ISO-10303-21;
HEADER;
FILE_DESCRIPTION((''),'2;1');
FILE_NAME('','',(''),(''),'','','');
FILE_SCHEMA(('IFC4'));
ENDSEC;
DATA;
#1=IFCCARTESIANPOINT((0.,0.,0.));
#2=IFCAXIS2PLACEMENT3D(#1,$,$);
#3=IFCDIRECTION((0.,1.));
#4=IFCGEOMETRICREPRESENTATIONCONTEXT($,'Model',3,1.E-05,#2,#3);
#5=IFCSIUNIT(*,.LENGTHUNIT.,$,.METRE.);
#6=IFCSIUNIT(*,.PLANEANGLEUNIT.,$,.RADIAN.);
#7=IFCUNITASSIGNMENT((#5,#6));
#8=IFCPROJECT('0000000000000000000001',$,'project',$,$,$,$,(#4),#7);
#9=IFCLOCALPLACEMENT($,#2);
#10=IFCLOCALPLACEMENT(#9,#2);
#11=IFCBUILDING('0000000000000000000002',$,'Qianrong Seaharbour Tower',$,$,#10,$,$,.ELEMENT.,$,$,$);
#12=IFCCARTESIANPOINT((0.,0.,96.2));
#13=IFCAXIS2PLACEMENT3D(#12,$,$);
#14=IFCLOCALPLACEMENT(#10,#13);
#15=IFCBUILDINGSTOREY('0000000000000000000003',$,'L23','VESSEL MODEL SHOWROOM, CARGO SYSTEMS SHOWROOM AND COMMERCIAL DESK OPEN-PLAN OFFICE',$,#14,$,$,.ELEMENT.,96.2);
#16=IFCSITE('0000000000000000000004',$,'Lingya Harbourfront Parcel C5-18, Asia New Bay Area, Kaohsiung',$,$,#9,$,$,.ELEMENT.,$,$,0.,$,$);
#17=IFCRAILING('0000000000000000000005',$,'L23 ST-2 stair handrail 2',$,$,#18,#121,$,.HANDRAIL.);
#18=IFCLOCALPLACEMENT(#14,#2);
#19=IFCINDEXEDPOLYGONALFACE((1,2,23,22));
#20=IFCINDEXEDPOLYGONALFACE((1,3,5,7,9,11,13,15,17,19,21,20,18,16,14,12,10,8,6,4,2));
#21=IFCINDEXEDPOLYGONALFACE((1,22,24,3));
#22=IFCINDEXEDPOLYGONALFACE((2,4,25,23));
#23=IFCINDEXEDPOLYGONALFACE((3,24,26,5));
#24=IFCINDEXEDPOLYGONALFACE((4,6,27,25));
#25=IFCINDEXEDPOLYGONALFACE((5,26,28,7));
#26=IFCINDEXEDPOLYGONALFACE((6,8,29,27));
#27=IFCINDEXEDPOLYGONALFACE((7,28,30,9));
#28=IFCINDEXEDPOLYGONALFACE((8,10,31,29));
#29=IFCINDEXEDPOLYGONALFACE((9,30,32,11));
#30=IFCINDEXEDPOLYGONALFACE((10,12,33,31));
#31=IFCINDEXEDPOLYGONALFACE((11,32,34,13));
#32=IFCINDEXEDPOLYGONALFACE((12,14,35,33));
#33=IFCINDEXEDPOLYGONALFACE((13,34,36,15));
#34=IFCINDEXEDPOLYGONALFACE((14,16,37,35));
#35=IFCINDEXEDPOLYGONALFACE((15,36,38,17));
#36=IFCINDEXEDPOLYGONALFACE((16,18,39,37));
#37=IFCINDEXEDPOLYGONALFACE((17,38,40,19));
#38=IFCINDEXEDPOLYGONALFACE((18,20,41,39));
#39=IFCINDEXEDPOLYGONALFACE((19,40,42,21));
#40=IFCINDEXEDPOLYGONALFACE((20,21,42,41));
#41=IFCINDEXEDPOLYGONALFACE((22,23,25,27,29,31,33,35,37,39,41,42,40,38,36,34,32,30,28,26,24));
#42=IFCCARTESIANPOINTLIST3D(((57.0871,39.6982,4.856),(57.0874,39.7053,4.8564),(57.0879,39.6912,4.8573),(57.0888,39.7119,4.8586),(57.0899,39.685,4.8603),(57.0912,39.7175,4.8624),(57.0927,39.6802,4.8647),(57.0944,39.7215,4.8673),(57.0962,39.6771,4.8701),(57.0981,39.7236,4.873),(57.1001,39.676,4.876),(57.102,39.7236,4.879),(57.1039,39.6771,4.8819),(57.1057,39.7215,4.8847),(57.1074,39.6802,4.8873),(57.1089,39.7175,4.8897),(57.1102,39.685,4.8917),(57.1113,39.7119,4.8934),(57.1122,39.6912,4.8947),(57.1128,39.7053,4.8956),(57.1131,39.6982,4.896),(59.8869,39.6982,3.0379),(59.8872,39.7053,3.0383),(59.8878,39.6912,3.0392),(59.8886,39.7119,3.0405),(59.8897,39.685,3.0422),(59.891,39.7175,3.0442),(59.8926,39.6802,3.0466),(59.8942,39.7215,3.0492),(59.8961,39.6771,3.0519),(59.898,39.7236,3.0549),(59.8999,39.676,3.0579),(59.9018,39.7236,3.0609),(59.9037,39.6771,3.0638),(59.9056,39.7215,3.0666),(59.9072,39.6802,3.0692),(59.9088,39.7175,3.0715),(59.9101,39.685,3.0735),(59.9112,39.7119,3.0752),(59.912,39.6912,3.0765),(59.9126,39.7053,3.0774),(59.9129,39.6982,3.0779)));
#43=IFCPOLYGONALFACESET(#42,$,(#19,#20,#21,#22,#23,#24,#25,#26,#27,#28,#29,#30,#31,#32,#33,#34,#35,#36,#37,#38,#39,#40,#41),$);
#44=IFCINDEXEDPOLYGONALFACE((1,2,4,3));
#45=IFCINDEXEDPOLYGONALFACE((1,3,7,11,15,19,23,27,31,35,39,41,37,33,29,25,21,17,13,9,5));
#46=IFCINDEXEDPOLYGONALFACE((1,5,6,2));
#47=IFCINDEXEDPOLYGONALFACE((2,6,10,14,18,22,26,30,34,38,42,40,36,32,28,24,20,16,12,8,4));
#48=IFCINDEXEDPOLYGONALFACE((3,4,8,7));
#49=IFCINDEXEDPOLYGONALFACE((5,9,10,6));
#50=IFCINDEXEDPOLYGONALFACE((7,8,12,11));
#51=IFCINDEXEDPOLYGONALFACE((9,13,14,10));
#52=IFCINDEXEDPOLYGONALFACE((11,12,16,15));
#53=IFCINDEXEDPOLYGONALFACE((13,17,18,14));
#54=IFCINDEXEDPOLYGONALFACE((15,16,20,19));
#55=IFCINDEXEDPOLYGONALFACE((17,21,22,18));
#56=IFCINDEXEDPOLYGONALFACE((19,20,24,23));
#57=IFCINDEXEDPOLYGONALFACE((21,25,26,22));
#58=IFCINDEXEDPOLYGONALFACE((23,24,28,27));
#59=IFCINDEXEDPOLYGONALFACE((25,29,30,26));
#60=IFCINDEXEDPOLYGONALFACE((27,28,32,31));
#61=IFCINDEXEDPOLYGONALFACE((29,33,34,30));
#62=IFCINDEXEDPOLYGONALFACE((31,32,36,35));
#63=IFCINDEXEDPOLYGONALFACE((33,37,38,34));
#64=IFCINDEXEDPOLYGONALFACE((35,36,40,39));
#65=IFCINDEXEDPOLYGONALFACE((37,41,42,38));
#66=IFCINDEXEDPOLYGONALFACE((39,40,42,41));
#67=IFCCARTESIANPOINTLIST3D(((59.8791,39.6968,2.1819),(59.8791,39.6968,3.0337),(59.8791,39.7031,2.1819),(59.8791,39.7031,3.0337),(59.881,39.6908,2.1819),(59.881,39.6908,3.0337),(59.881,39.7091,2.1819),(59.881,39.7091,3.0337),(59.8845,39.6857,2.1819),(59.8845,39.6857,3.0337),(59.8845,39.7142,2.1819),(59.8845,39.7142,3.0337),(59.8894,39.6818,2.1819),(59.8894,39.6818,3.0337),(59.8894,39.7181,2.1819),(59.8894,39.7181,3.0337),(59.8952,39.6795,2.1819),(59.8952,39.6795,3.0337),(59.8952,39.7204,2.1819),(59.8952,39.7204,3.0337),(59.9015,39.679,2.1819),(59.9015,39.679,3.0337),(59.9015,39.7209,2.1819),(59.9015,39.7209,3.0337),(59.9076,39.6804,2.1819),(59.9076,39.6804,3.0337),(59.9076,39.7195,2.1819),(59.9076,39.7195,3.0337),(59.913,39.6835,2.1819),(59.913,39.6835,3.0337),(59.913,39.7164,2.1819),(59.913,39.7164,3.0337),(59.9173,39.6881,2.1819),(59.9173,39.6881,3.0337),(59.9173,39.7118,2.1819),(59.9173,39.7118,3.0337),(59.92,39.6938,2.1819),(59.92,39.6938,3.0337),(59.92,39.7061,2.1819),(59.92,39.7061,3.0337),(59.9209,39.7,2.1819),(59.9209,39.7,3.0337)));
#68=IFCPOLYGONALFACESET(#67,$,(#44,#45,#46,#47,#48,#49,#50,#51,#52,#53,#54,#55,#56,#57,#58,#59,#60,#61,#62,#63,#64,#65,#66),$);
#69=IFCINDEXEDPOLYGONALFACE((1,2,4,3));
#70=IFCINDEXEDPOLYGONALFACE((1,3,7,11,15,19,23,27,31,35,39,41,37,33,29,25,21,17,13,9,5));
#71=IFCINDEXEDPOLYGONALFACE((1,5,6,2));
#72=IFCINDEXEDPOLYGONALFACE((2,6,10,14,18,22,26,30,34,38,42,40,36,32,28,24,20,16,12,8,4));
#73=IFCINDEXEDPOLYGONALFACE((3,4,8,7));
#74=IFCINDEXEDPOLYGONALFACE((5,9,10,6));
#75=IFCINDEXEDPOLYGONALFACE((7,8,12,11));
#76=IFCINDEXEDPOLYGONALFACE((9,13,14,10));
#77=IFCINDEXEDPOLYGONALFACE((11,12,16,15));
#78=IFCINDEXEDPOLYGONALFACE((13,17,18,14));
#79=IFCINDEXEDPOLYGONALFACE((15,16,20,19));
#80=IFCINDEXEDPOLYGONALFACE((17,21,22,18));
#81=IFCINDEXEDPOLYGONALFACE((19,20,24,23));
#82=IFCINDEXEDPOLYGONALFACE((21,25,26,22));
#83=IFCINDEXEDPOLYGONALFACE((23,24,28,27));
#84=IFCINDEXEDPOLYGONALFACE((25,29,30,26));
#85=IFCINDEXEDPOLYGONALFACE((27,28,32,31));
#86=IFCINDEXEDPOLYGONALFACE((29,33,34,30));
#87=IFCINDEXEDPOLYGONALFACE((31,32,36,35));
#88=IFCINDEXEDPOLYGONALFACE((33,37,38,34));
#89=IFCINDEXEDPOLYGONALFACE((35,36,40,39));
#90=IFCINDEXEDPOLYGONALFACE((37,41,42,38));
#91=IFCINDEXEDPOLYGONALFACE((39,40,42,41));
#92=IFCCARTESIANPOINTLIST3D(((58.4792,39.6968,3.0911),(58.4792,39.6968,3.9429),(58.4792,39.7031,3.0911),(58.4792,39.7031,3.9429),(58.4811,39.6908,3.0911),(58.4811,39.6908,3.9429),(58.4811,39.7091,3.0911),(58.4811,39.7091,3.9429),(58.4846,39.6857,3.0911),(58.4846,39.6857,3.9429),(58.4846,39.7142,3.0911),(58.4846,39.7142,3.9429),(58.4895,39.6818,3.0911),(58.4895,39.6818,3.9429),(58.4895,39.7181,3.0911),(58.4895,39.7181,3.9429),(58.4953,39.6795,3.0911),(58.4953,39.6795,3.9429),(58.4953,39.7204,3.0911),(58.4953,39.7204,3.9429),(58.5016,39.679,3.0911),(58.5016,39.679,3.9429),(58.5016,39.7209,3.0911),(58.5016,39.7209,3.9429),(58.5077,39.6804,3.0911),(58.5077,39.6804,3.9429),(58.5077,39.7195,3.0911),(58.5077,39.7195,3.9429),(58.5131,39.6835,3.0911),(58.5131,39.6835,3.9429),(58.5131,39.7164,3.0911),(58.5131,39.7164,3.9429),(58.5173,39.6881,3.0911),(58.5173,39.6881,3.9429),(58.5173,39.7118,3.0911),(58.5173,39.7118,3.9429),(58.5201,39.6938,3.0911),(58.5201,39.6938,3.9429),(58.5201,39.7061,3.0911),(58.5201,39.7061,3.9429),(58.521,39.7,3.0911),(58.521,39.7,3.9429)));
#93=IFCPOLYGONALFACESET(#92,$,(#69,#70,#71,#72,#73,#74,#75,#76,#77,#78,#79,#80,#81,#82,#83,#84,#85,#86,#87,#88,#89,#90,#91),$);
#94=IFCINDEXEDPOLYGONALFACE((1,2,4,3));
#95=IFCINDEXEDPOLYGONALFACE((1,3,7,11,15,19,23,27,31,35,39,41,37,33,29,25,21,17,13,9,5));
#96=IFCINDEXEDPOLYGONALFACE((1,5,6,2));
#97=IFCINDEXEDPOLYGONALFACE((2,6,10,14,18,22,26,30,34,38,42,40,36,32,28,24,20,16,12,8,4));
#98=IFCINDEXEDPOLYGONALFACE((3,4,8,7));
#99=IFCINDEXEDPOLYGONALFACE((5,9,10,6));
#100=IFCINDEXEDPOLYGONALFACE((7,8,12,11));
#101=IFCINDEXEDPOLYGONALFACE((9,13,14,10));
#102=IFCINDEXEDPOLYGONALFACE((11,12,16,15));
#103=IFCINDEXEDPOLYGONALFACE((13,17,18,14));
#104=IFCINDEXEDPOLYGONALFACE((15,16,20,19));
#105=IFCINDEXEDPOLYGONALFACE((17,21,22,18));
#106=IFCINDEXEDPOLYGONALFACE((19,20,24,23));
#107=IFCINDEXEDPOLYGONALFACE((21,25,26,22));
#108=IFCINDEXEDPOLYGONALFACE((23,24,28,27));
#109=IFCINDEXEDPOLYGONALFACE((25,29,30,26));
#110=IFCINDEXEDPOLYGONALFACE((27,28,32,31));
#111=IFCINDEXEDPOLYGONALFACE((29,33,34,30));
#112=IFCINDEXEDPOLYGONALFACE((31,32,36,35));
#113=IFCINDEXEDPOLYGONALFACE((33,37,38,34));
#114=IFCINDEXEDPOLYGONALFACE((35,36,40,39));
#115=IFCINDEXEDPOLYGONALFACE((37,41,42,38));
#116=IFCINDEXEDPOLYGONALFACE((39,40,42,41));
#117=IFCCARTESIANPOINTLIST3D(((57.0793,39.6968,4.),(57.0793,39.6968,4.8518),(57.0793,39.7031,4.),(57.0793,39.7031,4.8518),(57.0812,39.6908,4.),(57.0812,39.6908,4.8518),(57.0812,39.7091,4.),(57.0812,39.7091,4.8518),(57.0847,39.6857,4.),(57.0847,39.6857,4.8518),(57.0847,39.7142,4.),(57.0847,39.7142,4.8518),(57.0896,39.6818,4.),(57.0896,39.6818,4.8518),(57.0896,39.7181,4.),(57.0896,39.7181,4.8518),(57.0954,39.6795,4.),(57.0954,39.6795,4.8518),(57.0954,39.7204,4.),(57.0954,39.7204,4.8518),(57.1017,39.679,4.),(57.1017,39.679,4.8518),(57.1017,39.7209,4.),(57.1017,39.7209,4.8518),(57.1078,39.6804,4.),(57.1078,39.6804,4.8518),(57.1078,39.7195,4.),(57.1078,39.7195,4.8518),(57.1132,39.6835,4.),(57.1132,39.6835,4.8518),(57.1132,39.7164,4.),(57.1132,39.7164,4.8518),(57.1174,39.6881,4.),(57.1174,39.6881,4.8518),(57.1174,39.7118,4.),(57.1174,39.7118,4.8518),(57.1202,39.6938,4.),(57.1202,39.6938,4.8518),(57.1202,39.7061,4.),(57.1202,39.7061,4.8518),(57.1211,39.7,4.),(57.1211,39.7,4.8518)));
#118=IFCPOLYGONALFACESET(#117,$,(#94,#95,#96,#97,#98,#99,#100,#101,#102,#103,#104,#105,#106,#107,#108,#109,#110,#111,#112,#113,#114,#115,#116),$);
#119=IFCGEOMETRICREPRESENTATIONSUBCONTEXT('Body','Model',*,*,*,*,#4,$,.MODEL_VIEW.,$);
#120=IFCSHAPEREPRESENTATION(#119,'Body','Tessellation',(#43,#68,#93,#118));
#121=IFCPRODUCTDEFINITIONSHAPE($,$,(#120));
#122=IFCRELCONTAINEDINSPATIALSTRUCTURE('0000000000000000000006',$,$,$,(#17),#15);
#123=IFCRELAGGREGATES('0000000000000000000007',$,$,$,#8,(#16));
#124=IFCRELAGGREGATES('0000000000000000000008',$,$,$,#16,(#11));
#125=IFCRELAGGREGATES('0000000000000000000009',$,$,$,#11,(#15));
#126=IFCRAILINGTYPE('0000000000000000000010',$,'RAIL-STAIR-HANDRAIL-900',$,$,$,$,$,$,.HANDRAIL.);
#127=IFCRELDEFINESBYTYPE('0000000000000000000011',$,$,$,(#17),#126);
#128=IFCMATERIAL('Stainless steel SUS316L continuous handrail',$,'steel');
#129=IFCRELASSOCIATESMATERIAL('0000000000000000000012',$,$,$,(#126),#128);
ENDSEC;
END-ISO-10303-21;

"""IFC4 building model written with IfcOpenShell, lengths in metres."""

from ifc_helpers import new_model, si_unit, direction, frame, origin, origin_2d, place, context, subcontext, project, spatial, circle, extrude, material, type_object, element, save


model = new_model("IFC4")

# Units and contexts
model_context = context("Model", 3, precision=1e-05, world=origin(), true_north=direction((0.0, 1.0)))
body_context = subcontext(model_context, "Body", "Model", "MODEL_VIEW")
ifc_project = project(units=[si_unit("LENGTHUNIT", "METRE"), si_unit("PLANEANGLEUNIT", "RADIAN")], contexts=[model_context])

# Site, building, storey
site_placement = place(None, origin())
site = spatial("IfcSite", under=ifc_project, at=site_placement, Name="Lingya Harbourfront Parcel C5-18, Asia New Bay Area, Kaohsiung", CompositionType="ELEMENT", RefElevation=0.0)
building_placement = place(site_placement, origin())
building = spatial("IfcBuilding", under=site, at=building_placement, Name="Qianrong Seaharbour Tower", CompositionType="ELEMENT")
storey_placement = place(building_placement, frame((0.0, 0.0, 96.2)))
storey = spatial("IfcBuildingStorey", under=building, at=storey_placement, Name="L23", Description="VESSEL MODEL SHOWROOM, CARGO SYSTEMS SHOWROOM AND COMMERCIAL DESK OPEN-PLAN OFFICE", CompositionType="ELEMENT", Elevation=96.2)

# Railing
ifc_material_1 = material(Name="Stainless steel SUS316L continuous handrail", Category="steel")
railing_type_1 = type_object("IfcRailingType", Name="RAIL-STAIR-HANDRAIL-900", PredefinedType="HANDRAIL", material=ifc_material_1)
railing_1_placement = place(storey_placement, frame((59.8999, 39.7, 2.1819)))
element("IfcRailing", 1, at=railing_1_placement, inside=storey, type_object=railing_type_1, Name="L23 ST-2 stair handrail 2", PredefinedType="HANDRAIL", context=body_context, shape_type="SweptSolid", body=[
    extrude(circle(Radius=0.0239, at=origin_2d()), frame((0.0, 0.0, 0.876), z_axis=(-0.838684, 0.0, 0.544618), x_axis=(0.0, -1.0, 0.0)), (0.0, 0.0, 1.0), 3.3384),
    extrude(circle(Radius=0.021, at=origin_2d()), origin(), (0.0, 0.0, 1.0), 0.8518),
    extrude(circle(Radius=0.021, at=origin_2d()), frame((-1.3999, 0.0, 0.9092)), (0.0, 0.0, 1.0), 0.8518),
    extrude(circle(Radius=0.021, at=origin_2d()), frame((-2.7998, 0.0, 1.8181)), (0.0, 0.0, 1.0), 0.8518),
])

save(model, "model.ifc")
